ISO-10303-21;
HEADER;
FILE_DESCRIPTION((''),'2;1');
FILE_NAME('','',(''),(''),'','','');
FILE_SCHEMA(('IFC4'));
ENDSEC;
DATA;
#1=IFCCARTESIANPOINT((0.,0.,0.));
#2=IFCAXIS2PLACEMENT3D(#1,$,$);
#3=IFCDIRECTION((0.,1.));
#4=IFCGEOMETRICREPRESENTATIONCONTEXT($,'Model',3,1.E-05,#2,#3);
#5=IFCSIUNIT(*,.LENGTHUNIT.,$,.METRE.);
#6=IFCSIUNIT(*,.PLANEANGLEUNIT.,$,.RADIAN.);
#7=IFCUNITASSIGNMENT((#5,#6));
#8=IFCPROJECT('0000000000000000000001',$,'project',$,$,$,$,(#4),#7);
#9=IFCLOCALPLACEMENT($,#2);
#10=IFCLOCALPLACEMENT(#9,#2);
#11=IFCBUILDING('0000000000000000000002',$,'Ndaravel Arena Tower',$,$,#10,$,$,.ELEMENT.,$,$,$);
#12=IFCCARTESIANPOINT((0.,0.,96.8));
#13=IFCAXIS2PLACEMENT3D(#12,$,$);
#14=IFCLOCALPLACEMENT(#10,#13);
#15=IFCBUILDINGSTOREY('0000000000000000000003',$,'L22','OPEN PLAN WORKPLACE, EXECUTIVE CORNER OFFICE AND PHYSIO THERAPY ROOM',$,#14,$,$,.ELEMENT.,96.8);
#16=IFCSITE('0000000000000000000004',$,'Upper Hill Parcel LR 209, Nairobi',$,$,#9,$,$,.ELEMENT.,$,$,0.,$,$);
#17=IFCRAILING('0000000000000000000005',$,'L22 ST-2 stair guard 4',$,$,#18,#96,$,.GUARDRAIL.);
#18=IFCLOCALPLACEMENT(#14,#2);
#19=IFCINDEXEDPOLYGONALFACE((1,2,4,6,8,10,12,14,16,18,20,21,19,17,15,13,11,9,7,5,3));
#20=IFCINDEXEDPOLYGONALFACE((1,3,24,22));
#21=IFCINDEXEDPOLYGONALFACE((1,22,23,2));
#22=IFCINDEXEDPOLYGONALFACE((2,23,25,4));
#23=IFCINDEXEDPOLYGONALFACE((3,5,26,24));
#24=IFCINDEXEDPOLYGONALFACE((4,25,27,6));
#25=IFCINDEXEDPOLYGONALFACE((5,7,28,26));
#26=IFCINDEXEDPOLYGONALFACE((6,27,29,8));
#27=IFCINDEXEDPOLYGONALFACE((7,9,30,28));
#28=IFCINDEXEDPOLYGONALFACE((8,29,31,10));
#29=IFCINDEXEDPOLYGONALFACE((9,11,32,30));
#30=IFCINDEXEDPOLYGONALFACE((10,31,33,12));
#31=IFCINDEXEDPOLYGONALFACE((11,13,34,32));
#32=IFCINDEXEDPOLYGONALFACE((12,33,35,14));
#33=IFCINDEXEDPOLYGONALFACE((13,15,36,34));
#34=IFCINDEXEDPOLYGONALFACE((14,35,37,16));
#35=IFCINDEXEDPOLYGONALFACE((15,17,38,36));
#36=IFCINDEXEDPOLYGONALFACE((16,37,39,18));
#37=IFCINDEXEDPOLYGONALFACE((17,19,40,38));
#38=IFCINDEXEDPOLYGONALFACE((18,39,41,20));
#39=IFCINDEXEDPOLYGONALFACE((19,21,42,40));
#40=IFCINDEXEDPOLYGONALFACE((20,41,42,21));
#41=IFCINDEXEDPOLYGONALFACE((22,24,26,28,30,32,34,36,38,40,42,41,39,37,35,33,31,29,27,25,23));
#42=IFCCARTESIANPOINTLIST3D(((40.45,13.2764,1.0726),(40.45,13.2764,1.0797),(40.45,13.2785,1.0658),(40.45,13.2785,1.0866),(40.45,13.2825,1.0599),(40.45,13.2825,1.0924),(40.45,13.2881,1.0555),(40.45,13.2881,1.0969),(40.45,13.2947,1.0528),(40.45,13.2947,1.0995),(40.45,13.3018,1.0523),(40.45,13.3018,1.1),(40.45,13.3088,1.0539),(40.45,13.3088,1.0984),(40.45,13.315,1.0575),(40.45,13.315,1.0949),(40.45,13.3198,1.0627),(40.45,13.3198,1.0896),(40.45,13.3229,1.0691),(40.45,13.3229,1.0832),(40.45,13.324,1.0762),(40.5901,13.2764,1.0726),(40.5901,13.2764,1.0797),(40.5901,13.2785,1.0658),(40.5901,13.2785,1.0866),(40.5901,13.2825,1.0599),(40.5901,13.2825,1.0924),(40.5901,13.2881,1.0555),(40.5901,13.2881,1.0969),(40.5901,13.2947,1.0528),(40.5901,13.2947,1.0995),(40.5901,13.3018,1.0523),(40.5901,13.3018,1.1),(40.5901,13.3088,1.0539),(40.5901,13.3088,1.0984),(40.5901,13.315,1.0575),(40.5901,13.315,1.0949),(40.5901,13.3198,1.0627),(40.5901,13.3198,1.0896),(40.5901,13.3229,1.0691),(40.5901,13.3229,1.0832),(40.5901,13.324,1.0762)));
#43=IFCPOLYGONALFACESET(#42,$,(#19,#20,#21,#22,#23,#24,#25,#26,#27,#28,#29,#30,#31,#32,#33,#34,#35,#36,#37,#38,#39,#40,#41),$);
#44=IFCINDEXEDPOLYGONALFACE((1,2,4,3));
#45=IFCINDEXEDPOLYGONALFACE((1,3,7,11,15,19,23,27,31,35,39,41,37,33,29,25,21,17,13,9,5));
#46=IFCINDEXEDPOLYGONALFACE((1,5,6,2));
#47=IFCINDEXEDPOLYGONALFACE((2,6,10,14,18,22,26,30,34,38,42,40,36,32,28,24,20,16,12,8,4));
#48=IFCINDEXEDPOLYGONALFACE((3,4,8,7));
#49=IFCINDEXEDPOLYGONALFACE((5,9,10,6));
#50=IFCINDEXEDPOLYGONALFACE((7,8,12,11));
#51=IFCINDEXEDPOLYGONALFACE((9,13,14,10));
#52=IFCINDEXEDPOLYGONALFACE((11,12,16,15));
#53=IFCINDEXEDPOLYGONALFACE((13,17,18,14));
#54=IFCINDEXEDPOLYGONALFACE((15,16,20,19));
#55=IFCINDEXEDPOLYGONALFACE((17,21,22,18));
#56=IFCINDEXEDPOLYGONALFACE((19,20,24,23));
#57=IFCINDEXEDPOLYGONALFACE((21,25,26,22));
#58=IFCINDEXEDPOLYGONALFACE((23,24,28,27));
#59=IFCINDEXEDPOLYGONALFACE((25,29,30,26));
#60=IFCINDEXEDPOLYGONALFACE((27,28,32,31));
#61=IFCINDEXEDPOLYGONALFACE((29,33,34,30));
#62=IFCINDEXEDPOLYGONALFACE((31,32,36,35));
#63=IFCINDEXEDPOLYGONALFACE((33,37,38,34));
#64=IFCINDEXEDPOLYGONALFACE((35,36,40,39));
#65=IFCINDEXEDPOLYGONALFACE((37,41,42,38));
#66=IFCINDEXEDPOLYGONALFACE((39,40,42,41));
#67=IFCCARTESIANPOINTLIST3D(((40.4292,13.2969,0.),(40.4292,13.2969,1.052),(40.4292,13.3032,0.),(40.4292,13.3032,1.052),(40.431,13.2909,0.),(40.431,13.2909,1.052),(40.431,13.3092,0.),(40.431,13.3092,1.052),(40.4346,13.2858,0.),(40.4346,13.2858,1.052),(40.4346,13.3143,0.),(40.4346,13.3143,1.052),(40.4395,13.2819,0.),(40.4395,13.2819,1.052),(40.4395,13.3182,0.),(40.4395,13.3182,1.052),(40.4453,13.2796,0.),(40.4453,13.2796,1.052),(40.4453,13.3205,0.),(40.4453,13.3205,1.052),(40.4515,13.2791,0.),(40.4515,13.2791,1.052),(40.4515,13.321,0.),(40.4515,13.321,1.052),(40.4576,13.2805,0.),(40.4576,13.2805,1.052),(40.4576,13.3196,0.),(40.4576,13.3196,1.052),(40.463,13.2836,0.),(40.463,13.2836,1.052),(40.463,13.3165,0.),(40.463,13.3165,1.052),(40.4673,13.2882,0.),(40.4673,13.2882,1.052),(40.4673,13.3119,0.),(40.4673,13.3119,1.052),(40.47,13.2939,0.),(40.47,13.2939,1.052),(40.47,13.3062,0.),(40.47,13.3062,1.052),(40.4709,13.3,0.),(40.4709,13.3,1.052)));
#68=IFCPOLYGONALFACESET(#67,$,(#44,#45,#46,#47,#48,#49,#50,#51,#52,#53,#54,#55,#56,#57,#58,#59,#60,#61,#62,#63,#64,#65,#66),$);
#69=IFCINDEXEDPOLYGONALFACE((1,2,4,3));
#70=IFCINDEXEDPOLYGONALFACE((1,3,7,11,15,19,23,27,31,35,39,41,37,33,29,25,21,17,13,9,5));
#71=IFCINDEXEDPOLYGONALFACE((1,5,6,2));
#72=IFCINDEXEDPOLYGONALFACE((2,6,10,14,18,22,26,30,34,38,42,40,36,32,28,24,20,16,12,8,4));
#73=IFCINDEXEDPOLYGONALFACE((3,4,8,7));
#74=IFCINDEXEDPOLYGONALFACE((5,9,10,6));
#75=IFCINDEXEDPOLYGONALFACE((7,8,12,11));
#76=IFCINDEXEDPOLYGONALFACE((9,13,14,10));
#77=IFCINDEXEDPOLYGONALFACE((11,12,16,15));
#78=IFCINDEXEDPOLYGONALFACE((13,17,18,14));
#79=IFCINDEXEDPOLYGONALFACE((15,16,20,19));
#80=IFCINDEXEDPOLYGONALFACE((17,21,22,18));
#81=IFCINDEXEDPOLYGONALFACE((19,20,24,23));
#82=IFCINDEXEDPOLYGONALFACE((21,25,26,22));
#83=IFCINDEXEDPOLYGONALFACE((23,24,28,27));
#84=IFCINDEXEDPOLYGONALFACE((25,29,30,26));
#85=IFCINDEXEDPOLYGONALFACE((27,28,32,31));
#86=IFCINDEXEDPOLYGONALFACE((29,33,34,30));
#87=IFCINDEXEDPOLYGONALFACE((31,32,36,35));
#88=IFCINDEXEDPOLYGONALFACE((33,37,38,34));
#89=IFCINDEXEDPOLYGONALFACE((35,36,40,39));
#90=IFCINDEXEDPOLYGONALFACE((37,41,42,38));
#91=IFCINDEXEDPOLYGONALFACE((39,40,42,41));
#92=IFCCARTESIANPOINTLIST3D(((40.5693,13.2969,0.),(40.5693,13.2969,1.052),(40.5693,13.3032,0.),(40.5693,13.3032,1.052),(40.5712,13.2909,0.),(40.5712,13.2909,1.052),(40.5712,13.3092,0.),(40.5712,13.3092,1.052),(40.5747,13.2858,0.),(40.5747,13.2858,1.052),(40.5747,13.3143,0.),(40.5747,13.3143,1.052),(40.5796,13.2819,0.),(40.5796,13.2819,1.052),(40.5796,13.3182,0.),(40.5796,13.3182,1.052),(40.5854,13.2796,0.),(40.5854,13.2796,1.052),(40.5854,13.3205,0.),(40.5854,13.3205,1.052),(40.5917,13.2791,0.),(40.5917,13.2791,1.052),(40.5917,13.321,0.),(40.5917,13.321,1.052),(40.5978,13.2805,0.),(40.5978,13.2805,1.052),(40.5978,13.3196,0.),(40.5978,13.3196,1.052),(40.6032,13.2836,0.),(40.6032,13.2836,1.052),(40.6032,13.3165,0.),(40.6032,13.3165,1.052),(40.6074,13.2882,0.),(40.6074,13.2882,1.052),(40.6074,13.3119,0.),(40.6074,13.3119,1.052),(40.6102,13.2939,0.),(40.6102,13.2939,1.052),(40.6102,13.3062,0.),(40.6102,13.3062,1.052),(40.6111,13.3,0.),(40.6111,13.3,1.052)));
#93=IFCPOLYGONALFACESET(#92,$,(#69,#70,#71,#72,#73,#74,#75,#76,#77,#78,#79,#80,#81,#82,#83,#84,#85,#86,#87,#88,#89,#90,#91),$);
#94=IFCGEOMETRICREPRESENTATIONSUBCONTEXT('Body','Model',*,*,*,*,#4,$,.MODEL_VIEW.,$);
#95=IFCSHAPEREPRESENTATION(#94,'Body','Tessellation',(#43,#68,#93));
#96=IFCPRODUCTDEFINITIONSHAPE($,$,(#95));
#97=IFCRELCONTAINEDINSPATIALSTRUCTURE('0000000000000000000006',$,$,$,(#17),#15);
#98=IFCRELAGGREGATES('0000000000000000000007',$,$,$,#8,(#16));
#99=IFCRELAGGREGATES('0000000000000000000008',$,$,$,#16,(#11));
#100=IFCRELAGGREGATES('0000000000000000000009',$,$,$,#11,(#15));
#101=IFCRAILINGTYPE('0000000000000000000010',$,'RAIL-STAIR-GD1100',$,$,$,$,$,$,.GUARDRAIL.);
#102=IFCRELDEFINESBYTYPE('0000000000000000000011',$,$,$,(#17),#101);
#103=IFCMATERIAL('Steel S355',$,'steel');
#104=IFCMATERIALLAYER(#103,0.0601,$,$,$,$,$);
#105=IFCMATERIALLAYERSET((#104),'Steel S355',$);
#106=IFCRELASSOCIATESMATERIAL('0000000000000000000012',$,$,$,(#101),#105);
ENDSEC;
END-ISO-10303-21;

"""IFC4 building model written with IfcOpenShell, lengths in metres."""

from ifc_helpers import new_model, si_unit, direction, frame, origin, origin_2d, place, context, subcontext, project, spatial, circle, extrude, material, layer, layer_set, type_object, element, save


model = new_model("IFC4")

# Units and contexts
model_context = context("Model", 3, precision=1e-05, world=origin(), true_north=direction((0.0, 1.0)))
body_context = subcontext(model_context, "Body", "Model", "MODEL_VIEW")
ifc_project = project(units=[si_unit("LENGTHUNIT", "METRE"), si_unit("PLANEANGLEUNIT", "RADIAN")], contexts=[model_context])

# Site, building, storey
site_placement = place(None, origin())
site = spatial("IfcSite", under=ifc_project, at=site_placement, Name="Upper Hill Parcel LR 209, Nairobi", CompositionType="ELEMENT", RefElevation=0.0)
building_placement = place(site_placement, origin())
building = spatial("IfcBuilding", under=site, at=building_placement, Name="Ndaravel Arena Tower", CompositionType="ELEMENT")
storey_placement = place(building_placement, frame((0.0, 0.0, 96.8)))
storey = spatial("IfcBuildingStorey", under=building, at=storey_placement, Name="L22", Description="OPEN PLAN WORKPLACE, EXECUTIVE CORNER OFFICE AND PHYSIO THERAPY ROOM", CompositionType="ELEMENT", Elevation=96.8)

# Railing
ifc_material_1 = material(Name="Steel S355", Category="steel")
ifc_layer_1 = layer(ifc_material_1, 0.0601)
ifc_layer_set_1 = layer_set([ifc_layer_1], Name="Steel S355")
railing_type_1 = type_object("IfcRailingType", Name="RAIL-STAIR-GD1100", PredefinedType="GUARDRAIL", material=ifc_layer_set_1)
railing_1_placement = place(storey_placement, frame((40.45, 13.3, 0.0)))
element("IfcRailing", 1, at=railing_1_placement, inside=storey, type_object=railing_type_1, Name="L22 ST-2 stair guard 4", PredefinedType="GUARDRAIL", context=body_context, shape_type="SweptSolid", body=[
    extrude(circle(Radius=0.0239, at=origin_2d()), frame((0.0, 0.0, 1.0762), z_axis=(1.0, 0.0, 0.0), x_axis=(0.0, 1.0, 0.0)), (0.0, 0.0, 1.0), 0.1401),
    extrude(circle(Radius=0.021, at=origin_2d()), origin(), (0.0, 0.0, 1.0), 1.052),
    extrude(circle(Radius=0.021, at=origin_2d()), frame((0.1401, 0.0, 0.0)), (0.0, 0.0, 1.0), 1.052),
])

save(model, "model.ifc")
